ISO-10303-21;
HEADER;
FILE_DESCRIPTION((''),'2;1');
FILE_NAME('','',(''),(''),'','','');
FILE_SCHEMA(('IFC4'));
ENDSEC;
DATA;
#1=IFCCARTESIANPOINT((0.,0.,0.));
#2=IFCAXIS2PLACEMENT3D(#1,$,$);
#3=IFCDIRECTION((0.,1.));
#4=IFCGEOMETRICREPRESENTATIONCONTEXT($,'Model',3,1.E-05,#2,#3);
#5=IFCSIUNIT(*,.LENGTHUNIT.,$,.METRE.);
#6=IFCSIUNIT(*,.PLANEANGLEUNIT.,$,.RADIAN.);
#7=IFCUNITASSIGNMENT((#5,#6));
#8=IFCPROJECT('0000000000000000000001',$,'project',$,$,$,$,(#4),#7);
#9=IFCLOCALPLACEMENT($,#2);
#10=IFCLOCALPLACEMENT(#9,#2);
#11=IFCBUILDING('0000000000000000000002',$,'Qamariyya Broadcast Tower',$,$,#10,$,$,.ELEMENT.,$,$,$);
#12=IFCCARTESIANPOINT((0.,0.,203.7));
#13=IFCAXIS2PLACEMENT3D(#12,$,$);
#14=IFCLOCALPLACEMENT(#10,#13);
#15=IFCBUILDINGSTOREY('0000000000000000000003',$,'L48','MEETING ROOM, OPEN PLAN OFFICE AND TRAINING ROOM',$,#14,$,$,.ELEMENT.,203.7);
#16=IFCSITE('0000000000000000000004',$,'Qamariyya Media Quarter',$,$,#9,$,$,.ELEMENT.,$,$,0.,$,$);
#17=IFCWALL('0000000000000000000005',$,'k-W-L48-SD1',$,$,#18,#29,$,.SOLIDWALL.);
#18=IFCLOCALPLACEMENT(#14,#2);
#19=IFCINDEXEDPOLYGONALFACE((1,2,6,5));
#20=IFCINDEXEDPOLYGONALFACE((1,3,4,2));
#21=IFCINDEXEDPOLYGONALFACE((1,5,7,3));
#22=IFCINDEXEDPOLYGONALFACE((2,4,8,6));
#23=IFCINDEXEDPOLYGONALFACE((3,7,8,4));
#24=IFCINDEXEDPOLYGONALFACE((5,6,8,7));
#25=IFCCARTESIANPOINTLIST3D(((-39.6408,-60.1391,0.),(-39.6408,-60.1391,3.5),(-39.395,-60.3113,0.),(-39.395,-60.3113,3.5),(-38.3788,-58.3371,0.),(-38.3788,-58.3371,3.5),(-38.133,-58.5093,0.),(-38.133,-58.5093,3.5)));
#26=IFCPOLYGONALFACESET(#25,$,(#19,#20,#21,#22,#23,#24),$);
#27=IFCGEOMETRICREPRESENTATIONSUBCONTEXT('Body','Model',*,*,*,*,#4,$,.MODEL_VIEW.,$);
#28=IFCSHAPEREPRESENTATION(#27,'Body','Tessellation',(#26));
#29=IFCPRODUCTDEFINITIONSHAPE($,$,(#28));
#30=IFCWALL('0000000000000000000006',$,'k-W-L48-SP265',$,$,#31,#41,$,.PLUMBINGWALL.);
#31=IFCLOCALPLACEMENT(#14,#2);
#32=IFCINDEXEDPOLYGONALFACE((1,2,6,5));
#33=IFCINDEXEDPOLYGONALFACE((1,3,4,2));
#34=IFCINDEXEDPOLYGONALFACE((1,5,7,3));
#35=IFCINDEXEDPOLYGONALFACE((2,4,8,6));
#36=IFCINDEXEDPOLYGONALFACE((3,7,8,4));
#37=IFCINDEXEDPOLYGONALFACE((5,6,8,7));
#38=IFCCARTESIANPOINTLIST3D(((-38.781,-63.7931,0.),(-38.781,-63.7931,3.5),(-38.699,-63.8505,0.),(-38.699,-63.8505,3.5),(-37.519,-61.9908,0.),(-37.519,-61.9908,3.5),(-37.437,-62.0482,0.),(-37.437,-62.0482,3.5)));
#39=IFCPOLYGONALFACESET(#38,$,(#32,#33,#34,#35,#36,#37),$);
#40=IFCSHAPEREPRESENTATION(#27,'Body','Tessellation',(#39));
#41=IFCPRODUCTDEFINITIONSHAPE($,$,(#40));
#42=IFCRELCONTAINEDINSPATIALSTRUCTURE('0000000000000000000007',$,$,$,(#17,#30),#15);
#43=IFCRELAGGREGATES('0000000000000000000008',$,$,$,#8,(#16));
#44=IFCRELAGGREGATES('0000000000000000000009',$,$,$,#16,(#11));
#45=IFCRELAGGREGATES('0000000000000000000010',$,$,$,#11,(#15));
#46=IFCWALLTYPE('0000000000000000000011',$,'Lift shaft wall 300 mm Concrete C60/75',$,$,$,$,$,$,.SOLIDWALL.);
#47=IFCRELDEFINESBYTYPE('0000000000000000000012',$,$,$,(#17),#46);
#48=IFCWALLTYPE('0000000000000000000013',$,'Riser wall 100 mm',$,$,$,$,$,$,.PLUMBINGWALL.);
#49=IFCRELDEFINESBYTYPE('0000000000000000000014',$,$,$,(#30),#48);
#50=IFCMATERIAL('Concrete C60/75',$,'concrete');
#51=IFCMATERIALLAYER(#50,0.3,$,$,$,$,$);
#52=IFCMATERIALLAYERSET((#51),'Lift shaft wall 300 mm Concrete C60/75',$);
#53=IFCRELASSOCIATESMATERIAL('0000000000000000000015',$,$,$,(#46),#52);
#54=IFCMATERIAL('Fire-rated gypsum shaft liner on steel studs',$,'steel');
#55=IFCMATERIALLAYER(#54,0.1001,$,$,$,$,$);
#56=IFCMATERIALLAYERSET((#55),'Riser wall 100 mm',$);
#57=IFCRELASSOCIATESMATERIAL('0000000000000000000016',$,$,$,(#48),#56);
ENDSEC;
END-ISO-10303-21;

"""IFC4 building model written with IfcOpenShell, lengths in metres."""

from ifc_helpers import new_model, si_unit, direction, frame, frame_2d, origin, place, context, subcontext, project, spatial, rectangle, extrude, material, layer, layer_set, type_object, element, save


model = new_model("IFC4")

# Units and contexts
model_context = context("Model", 3, precision=1e-05, world=origin(), true_north=direction((0.0, 1.0)))
body_context = subcontext(model_context, "Body", "Model", "MODEL_VIEW")
ifc_project = project(units=[si_unit("LENGTHUNIT", "METRE"), si_unit("PLANEANGLEUNIT", "RADIAN")], contexts=[model_context])

# Site, building, storey
site_placement = place(None, origin())
site = spatial("IfcSite", under=ifc_project, at=site_placement, Name="Qamariyya Media Quarter", CompositionType="ELEMENT", RefElevation=0.0)
building_placement = place(site_placement, origin())
building = spatial("IfcBuilding", under=site, at=building_placement, Name="Qamariyya Broadcast Tower", CompositionType="ELEMENT")
storey_placement = place(building_placement, frame((0.0, 0.0, 203.7)))
storey = spatial("IfcBuildingStorey", under=building, at=storey_placement, Name="L48", Description="MEETING ROOM, OPEN PLAN OFFICE AND TRAINING ROOM", CompositionType="ELEMENT", Elevation=203.7)

# Shared definitions
ifc_material_1 = material(Name="Concrete C60/75", Category="concrete")

# Shared definitions
ifc_layer_1 = layer(ifc_material_1, 0.3)
ifc_layer_set_1 = layer_set([ifc_layer_1], Name="Lift shaft wall 300 mm Concrete C60/75")
wall_type_1 = type_object("IfcWallType", Name="Lift shaft wall 300 mm Concrete C60/75", PredefinedType="SOLIDWALL", material=ifc_layer_set_1)

# Walls
wall_1_placement = place(storey_placement, frame((-38.2559, -58.4231, 0.0), z_axis=(0.0, 0.0, 1.0), x_axis=(-0.573634, -0.819112, 0.0)))
element("IfcWall", 1, at=wall_1_placement, inside=storey, type_object=wall_type_1, Name="k-W-L48-SD1", PredefinedType="SOLIDWALL", context=body_context, shape_type="SweptSolid", body=[
    extrude(rectangle(XDim=2.2, YDim=0.3, at=frame_2d((1.1001, 0.0))), origin(), (0.0, 0.0, 1.0), 3.5),
])
ifc_material_2 = material(Name="Fire-rated gypsum shaft liner on steel studs", Category="steel")
ifc_layer_2 = layer(ifc_material_2, 0.1001)
ifc_layer_set_2 = layer_set([ifc_layer_2], Name="Riser wall 100 mm")
wall_type_2 = type_object("IfcWallType", Name="Riser wall 100 mm", PredefinedType="PLUMBINGWALL", material=ifc_layer_set_2)
wall_2_placement = place(storey_placement, frame((-37.478, -62.0195, 0.0), z_axis=(0.0, 0.0, 1.0), x_axis=(-0.573581, -0.819149, 0.0)))
element("IfcWall", 2, at=wall_2_placement, inside=storey, type_object=wall_type_2, Name="k-W-L48-SP265", PredefinedType="PLUMBINGWALL", context=body_context, shape_type="SweptSolid", body=[
    extrude(rectangle(XDim=2.2002, YDim=0.1001, at=frame_2d((1.1001, 0.0))), origin(), (0.0, 0.0, 1.0), 3.5),
])

save(model, "model.ifc")
